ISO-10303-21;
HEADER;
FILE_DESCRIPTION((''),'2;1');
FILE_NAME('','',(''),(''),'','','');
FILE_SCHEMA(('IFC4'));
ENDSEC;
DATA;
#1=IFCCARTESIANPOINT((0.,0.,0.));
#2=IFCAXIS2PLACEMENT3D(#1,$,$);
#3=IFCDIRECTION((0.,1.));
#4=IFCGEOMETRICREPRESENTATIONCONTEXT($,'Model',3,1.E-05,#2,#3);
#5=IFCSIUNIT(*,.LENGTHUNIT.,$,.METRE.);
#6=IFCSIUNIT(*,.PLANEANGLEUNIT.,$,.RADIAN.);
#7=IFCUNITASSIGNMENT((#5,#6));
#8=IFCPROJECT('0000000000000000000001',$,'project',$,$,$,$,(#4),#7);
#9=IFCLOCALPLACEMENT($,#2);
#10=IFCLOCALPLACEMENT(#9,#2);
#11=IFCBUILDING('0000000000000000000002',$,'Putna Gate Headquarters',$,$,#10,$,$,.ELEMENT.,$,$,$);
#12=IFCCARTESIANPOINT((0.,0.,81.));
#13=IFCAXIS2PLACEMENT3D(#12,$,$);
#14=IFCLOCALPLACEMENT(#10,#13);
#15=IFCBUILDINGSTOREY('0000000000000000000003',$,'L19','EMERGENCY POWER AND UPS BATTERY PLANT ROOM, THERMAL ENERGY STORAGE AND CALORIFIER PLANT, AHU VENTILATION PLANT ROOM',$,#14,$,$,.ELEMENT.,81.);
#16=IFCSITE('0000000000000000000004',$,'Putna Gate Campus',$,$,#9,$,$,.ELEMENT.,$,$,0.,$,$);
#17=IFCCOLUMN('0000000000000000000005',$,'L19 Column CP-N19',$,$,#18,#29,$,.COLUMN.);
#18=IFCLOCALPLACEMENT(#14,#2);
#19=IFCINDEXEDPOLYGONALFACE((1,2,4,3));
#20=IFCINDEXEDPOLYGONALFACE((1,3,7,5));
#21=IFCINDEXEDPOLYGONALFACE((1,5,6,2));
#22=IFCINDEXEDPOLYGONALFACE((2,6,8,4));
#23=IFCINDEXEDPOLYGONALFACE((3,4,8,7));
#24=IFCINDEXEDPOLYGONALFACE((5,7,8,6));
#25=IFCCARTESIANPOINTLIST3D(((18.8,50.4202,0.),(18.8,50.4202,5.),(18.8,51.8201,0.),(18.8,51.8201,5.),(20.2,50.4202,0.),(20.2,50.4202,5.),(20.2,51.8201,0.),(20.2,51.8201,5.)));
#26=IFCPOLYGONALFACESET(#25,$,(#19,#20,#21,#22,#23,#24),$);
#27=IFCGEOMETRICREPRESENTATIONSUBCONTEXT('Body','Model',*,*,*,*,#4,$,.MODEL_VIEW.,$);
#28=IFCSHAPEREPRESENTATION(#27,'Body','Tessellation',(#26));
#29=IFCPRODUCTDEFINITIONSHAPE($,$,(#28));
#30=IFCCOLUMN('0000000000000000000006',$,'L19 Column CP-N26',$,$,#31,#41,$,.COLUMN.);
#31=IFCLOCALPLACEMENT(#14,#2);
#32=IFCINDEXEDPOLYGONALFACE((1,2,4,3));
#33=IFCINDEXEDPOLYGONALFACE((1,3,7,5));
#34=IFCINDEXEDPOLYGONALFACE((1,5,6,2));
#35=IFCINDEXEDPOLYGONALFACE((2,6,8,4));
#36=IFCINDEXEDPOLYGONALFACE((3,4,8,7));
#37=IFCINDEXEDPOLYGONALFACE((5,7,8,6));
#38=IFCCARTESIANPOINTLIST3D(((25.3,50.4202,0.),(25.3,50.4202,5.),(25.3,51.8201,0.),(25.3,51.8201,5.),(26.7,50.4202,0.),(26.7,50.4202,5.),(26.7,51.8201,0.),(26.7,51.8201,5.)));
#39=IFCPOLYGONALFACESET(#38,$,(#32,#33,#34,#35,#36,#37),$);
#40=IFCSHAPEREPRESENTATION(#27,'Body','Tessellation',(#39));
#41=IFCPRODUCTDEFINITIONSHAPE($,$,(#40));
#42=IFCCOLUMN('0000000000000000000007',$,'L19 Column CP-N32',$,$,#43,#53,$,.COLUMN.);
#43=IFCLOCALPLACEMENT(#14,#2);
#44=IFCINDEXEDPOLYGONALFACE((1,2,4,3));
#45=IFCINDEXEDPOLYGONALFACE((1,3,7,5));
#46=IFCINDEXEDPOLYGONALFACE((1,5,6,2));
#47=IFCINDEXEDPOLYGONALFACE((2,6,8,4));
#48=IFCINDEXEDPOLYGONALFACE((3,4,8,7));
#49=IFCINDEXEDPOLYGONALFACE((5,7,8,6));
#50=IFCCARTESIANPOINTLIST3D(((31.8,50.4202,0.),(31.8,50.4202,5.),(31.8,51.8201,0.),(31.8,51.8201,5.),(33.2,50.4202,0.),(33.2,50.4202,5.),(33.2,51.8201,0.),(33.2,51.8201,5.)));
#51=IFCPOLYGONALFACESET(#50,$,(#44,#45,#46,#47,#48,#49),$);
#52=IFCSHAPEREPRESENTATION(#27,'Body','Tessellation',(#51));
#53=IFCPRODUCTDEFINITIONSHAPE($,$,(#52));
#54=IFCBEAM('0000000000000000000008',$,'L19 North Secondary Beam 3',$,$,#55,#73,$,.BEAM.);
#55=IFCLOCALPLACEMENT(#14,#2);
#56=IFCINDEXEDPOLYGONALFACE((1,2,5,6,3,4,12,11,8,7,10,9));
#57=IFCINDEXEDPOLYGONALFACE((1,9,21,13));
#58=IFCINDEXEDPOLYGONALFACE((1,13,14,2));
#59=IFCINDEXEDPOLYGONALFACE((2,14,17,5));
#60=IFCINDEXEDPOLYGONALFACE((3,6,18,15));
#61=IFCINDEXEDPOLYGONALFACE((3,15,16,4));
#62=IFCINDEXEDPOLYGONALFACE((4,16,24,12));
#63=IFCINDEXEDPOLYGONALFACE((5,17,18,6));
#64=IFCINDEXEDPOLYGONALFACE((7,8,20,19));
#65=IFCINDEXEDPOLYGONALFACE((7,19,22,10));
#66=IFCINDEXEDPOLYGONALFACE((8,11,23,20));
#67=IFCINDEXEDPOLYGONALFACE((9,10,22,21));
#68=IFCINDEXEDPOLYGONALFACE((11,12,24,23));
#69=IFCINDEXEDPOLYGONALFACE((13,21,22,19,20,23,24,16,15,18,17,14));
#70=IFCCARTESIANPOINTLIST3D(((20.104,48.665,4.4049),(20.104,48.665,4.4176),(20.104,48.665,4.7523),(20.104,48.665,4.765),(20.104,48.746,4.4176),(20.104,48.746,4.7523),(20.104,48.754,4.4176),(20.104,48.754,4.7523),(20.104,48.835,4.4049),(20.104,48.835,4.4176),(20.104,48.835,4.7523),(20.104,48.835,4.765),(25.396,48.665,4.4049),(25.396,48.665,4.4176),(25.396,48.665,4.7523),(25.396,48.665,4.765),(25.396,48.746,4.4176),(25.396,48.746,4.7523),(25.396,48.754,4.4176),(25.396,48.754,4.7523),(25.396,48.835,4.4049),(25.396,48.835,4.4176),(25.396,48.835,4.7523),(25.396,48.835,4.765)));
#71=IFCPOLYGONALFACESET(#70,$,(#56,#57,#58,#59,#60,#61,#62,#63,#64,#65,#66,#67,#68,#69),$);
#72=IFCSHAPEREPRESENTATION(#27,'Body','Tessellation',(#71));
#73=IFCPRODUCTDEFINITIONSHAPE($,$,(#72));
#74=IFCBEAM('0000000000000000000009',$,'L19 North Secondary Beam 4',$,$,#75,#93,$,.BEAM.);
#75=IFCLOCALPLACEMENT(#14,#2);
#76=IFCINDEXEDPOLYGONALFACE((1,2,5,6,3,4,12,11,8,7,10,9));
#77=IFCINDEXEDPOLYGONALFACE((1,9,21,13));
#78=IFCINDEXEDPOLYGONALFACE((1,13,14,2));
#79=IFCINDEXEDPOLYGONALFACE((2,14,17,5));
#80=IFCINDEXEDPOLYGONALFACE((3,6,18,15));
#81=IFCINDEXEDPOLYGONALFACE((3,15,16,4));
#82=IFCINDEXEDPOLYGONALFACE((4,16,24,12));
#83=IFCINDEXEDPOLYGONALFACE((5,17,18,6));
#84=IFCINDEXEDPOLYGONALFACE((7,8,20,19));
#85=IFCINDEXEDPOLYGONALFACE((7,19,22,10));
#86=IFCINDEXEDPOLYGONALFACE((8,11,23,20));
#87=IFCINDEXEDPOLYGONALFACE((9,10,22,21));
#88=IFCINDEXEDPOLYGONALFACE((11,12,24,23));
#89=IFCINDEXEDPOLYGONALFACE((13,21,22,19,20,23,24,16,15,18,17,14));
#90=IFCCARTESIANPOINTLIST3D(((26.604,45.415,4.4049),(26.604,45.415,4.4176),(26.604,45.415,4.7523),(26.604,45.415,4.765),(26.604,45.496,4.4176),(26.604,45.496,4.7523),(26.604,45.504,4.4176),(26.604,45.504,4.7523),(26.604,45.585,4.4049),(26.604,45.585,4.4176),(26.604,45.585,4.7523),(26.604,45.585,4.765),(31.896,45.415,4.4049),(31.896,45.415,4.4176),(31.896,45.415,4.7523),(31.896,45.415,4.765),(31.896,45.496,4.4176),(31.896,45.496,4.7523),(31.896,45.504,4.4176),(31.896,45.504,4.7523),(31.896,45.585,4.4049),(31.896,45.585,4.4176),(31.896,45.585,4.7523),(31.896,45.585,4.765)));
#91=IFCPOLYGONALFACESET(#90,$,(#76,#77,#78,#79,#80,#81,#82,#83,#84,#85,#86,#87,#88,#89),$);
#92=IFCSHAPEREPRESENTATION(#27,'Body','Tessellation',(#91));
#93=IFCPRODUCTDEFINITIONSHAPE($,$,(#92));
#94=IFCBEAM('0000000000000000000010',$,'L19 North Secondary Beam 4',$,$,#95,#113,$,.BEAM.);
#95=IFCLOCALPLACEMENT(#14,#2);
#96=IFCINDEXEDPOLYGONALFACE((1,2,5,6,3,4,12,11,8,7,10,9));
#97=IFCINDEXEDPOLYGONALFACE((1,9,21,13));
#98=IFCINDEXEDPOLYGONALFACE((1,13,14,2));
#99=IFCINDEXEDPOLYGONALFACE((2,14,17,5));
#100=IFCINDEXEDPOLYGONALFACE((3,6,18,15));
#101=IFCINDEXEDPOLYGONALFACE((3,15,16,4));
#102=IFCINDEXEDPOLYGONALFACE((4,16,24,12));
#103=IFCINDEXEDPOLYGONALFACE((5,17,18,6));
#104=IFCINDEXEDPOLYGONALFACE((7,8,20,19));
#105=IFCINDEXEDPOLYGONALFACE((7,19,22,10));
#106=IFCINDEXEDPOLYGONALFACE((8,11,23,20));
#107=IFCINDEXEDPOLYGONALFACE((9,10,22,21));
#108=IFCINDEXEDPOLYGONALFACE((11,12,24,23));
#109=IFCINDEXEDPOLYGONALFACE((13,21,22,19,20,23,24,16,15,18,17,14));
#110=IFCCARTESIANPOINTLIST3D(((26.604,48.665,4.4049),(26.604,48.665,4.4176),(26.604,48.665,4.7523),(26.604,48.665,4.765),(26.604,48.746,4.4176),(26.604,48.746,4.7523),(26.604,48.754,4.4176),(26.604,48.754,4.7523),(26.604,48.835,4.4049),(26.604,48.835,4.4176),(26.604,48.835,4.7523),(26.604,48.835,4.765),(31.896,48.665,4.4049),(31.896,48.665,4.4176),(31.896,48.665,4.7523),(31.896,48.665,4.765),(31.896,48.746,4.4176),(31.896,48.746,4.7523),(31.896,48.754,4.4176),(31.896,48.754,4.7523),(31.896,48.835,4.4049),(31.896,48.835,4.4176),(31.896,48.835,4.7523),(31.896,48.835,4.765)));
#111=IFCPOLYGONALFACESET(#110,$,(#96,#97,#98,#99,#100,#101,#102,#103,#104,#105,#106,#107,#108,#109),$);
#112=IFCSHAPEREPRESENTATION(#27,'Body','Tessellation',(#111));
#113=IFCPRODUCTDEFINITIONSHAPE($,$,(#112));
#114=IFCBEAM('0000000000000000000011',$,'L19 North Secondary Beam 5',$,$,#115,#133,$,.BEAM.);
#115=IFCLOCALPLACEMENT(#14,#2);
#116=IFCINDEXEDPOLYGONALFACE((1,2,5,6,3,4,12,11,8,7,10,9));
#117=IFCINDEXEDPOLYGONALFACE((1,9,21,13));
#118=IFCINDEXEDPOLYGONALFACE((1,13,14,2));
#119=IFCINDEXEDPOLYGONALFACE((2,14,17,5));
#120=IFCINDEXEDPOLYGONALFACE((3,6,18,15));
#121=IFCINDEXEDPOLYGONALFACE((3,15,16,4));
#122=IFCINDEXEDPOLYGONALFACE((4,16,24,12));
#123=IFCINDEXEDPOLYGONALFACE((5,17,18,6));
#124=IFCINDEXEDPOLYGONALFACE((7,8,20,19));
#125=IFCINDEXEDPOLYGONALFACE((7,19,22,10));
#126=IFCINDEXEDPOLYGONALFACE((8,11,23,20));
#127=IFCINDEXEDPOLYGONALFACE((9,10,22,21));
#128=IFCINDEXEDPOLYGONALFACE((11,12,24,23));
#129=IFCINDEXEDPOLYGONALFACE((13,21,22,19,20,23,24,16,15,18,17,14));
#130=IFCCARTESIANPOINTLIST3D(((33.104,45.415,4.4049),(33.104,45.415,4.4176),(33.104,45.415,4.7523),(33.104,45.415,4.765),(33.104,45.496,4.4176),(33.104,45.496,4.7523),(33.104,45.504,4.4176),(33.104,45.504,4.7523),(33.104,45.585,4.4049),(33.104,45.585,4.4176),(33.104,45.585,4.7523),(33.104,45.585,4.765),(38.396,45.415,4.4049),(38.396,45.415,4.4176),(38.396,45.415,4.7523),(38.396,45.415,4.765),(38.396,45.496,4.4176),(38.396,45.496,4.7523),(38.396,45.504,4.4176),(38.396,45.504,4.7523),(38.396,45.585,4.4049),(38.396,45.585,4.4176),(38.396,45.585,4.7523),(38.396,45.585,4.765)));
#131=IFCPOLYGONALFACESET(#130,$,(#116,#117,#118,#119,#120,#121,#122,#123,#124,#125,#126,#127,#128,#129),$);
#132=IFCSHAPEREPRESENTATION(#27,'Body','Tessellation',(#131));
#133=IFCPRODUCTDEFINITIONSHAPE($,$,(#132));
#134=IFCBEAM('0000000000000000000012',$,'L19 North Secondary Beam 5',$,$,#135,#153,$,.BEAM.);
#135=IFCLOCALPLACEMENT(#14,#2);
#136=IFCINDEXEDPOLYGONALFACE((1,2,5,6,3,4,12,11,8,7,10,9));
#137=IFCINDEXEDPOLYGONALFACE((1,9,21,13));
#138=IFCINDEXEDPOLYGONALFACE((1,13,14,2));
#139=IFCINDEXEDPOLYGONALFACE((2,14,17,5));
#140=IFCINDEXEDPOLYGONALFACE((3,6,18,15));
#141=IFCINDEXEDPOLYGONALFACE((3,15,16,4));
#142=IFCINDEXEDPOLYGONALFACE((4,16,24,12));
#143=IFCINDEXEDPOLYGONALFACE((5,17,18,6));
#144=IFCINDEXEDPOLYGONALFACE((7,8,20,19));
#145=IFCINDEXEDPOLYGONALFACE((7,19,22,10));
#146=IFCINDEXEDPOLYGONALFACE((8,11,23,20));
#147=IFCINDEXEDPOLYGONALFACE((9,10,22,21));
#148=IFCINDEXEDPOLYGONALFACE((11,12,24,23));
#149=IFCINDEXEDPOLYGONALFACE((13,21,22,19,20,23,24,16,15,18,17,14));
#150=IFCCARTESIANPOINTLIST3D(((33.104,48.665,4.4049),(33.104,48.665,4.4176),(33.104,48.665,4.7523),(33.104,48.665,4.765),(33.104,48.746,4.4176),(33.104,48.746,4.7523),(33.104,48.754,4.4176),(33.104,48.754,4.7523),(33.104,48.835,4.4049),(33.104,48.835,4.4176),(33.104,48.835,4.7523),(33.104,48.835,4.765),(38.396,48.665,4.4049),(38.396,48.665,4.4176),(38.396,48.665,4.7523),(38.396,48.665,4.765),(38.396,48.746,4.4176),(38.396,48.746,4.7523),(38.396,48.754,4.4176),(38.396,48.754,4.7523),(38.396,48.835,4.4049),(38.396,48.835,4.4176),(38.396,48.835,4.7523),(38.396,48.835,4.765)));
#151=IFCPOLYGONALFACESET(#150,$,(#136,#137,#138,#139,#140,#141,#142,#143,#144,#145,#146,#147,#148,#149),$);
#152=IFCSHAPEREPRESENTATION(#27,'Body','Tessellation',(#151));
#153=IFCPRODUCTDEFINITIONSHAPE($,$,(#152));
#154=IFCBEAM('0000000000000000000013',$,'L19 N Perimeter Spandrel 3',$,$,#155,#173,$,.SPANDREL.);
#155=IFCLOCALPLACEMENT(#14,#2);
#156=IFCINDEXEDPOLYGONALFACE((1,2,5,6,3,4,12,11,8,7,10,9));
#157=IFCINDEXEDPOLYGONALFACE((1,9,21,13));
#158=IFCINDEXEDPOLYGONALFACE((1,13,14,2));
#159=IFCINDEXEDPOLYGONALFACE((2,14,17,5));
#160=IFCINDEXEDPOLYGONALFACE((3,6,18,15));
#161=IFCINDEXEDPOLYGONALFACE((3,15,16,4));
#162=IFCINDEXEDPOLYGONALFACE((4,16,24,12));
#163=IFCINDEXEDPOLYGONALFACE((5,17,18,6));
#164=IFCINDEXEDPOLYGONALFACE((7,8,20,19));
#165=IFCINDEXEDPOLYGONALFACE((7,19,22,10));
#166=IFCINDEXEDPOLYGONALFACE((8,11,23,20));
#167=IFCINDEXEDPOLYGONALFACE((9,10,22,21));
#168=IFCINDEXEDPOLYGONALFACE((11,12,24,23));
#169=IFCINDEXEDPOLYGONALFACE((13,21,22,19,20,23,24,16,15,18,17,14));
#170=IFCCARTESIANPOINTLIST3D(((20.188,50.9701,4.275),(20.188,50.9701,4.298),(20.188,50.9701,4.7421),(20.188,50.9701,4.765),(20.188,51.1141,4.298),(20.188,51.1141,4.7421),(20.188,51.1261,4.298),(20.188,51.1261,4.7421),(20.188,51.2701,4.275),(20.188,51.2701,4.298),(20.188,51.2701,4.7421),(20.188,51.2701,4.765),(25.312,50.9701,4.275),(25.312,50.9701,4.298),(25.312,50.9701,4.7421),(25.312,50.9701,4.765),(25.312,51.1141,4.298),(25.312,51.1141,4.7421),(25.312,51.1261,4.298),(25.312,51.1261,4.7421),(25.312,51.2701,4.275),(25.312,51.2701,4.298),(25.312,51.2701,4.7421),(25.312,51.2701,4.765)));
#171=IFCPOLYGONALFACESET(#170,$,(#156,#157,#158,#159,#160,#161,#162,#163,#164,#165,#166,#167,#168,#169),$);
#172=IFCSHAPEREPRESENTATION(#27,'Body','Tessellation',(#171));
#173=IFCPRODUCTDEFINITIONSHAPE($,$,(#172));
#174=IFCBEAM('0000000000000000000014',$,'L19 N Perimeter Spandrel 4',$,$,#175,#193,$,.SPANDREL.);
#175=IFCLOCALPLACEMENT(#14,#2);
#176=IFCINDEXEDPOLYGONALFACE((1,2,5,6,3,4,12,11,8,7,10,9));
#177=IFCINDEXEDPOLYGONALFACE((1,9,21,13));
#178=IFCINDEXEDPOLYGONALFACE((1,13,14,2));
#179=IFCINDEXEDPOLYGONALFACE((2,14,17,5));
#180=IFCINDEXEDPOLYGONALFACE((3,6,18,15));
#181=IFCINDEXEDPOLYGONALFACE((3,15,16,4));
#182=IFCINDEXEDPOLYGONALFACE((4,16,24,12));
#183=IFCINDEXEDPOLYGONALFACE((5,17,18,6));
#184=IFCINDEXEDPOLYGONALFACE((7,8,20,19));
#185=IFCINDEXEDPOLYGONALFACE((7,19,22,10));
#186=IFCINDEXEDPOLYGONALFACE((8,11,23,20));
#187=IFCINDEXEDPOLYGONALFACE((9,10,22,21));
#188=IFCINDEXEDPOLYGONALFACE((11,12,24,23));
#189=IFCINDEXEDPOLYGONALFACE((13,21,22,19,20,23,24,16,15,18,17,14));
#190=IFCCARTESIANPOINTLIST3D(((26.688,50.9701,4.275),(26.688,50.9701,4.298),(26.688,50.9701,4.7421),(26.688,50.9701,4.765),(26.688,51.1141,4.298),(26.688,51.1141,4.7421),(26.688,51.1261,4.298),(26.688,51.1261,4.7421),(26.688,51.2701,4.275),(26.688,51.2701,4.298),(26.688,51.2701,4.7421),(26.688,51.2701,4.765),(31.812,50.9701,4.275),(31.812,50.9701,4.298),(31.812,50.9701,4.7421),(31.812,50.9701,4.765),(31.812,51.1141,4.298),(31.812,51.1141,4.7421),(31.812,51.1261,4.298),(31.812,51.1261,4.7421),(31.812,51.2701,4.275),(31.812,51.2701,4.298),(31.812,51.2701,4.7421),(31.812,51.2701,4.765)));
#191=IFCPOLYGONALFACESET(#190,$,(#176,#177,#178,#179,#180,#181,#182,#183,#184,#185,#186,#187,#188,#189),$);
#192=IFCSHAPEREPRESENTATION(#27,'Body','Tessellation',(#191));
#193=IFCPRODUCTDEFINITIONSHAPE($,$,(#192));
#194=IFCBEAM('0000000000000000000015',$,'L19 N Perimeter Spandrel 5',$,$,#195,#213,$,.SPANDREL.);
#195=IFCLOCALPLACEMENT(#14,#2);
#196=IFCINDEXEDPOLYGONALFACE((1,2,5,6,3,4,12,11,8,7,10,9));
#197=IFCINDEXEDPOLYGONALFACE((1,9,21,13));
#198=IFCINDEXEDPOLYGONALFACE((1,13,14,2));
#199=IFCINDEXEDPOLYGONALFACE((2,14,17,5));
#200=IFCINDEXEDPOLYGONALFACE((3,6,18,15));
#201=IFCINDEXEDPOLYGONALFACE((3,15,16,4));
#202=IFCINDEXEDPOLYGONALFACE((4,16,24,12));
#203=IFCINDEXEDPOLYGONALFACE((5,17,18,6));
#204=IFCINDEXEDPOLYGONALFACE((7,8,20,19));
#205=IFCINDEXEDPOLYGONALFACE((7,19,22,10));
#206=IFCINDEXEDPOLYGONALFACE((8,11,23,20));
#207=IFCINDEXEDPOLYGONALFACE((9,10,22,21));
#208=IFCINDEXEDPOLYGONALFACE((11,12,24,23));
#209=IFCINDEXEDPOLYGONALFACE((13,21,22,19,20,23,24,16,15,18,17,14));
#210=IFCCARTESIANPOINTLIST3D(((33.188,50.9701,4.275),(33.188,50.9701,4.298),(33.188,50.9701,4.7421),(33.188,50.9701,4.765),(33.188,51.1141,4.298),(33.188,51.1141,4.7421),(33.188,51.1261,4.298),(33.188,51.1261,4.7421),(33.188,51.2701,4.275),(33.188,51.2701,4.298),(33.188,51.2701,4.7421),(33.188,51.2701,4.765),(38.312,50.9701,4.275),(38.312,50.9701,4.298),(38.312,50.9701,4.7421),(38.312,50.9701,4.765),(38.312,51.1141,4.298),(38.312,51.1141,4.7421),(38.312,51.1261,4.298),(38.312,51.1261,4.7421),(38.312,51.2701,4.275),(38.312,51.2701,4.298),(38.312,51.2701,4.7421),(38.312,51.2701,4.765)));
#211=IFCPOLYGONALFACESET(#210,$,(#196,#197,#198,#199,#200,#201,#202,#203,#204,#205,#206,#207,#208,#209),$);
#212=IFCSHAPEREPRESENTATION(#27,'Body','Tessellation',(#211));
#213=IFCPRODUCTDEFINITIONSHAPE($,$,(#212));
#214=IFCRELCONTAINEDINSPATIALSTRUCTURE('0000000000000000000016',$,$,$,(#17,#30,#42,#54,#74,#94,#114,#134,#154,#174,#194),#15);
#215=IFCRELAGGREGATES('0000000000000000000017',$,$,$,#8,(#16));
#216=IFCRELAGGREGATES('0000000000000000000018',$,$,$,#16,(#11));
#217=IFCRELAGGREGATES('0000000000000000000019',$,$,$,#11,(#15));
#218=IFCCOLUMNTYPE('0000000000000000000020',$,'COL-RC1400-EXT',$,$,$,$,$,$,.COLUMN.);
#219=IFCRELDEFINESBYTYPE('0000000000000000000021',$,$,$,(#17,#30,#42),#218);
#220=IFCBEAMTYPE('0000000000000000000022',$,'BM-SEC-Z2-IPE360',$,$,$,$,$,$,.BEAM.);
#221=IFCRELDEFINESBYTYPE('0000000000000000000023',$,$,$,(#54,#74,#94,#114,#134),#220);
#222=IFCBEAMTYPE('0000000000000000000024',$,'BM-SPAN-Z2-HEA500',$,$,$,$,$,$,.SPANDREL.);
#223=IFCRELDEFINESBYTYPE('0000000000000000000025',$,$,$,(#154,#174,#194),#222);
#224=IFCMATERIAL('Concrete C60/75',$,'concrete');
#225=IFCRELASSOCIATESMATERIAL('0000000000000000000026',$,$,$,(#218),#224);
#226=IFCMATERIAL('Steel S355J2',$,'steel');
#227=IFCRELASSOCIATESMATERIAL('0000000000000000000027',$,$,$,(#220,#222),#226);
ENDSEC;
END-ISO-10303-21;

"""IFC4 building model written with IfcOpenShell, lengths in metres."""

from ifc_helpers import new_model, si_unit, direction, frame, origin, origin_2d, place, context, subcontext, project, spatial, rectangle, i_section, extrude, material, material_profile, profile_set, type_object, element, save


model = new_model("IFC4")

# Units and contexts
model_context = context("Model", 3, precision=1e-05, world=origin(), true_north=direction((0.0, 1.0)))
body_context = subcontext(model_context, "Body", "Model", "MODEL_VIEW")
ifc_project = project(units=[si_unit("LENGTHUNIT", "METRE"), si_unit("PLANEANGLEUNIT", "RADIAN")], contexts=[model_context])

# Site, building, storey
site_placement = place(None, origin())
site = spatial("IfcSite", under=ifc_project, at=site_placement, Name="Putna Gate Campus", CompositionType="ELEMENT", RefElevation=0.0)
building_placement = place(site_placement, origin())
building = spatial("IfcBuilding", under=site, at=building_placement, Name="Putna Gate Headquarters", CompositionType="ELEMENT")
storey_placement = place(building_placement, frame((0.0, 0.0, 81.0)))
storey = spatial("IfcBuildingStorey", under=building, at=storey_placement, Name="L19", Description="EMERGENCY POWER AND UPS BATTERY PLANT ROOM, THERMAL ENERGY STORAGE AND CALORIFIER PLANT, AHU VENTILATION PLANT ROOM", CompositionType="ELEMENT", Elevation=81.0)

# Columns
ifc_material_1 = material(Name="Concrete C60/75", Category="concrete")
ifc_material_profile_1 = material_profile(ifc_material_1, rectangle(XDim=1.3999, YDim=1.3999, at=origin_2d()), Name="Concrete C60/75")
ifc_profile_set_1 = profile_set([ifc_material_profile_1], Name="Concrete C60/75")
column_type = type_object("IfcColumnType", Name="COL-RC1400-EXT", PredefinedType="COLUMN", material=ifc_profile_set_1)
for number, where, z_axis, x_axis, name in (
    (1, (19.5, 51.1201, 0.0), (0.0, 0.0, 1.0), (1.0, 0.0, 0.0), "L19 Column CP-N19"),
    (2, (26.0, 51.1201, 0.0), (0.0, 0.0, 1.0), (1.0, 0.0, 0.0), "L19 Column CP-N26"),
    (3, (32.5, 51.1201, 0.0), (0.0, 0.0, 1.0), (1.0, 0.0, 0.0), "L19 Column CP-N32"),
):
    element("IfcColumn", number, at=place(storey_placement, frame(where, z_axis=z_axis, x_axis=x_axis)), inside=storey, type_object=column_type, Name=name, PredefinedType="COLUMN", context=body_context, shape_type="SweptSolid", body=[
        extrude(rectangle(XDim=1.3999, YDim=1.3999, at=origin_2d()), origin(), (0.0, 0.0, 1.0), 5.0),
    ])

# Beams
ifc_material_2 = material(Name="Steel S355J2", Category="steel")
ifc_material_profile_2 = material_profile(ifc_material_2, i_section(OverallWidth=0.1699, OverallDepth=0.3601, WebThickness=0.0081, FlangeThickness=0.0127, at=origin_2d()), Name="Steel S355J2")
ifc_profile_set_2 = profile_set([ifc_material_profile_2], Name="Steel S355J2")
beam_type_1 = type_object("IfcBeamType", Name="BM-SEC-Z2-IPE360", PredefinedType="BEAM", material=ifc_profile_set_2)
for number, where, z_axis, x_axis, name in (
    (4, (20.104, 48.75, 4.585), (1.0, 0.0, 0.0), (0.0, 1.0, 0.0), "L19 North Secondary Beam 3"),
    (5, (26.604, 45.5, 4.585), (1.0, 0.0, 0.0), (0.0, 1.0, 0.0), "L19 North Secondary Beam 4"),
    (6, (26.604, 48.75, 4.585), (1.0, 0.0, 0.0), (0.0, 1.0, 0.0), "L19 North Secondary Beam 4"),
    (7, (33.104, 45.5, 4.585), (1.0, 0.0, 0.0), (0.0, 1.0, 0.0), "L19 North Secondary Beam 5"),
    (8, (33.104, 48.75, 4.585), (1.0, 0.0, 0.0), (0.0, 1.0, 0.0), "L19 North Secondary Beam 5"),
):
    element("IfcBeam", number, at=place(storey_placement, frame(where, z_axis=z_axis, x_axis=x_axis)), inside=storey, type_object=beam_type_1, Name=name, PredefinedType="BEAM", context=body_context, shape_type="SweptSolid", body=[
        extrude(i_section(OverallWidth=0.1699, OverallDepth=0.3601, WebThickness=0.0081, FlangeThickness=0.0127, at=origin_2d()), origin(), (0.0, 0.0, 1.0), 5.292),
    ])
ifc_material_profile_3 = material_profile(ifc_material_2, i_section(OverallWidth=0.3, OverallDepth=0.49, WebThickness=0.012, FlangeThickness=0.0229, at=origin_2d()), Name="Steel S355J2")
ifc_profile_set_3 = profile_set([ifc_material_profile_3], Name="Steel S355J2")
beam_type_2 = type_object("IfcBeamType", Name="BM-SPAN-Z2-HEA500", PredefinedType="SPANDREL", material=ifc_profile_set_3)
for number, where, z_axis, x_axis, name in (
    (9, (20.188, 51.1201, 4.52), (1.0, 0.0, 0.0), (0.0, 1.0, 0.0), "L19 N Perimeter Spandrel 3"),
    (10, (26.688, 51.1201, 4.52), (1.0, 0.0, 0.0), (0.0, 1.0, 0.0), "L19 N Perimeter Spandrel 4"),
    (11, (33.188, 51.1201, 4.52), (1.0, 0.0, 0.0), (0.0, 1.0, 0.0), "L19 N Perimeter Spandrel 5"),
):
    element("IfcBeam", number, at=place(storey_placement, frame(where, z_axis=z_axis, x_axis=x_axis)), inside=storey, type_object=beam_type_2, Name=name, PredefinedType="SPANDREL", context=body_context, shape_type="SweptSolid", body=[
        extrude(i_section(OverallWidth=0.3, OverallDepth=0.49, WebThickness=0.012, FlangeThickness=0.0229, at=origin_2d()), origin(), (0.0, 0.0, 1.0), 5.124),
    ])

save(model, "model.ifc")
